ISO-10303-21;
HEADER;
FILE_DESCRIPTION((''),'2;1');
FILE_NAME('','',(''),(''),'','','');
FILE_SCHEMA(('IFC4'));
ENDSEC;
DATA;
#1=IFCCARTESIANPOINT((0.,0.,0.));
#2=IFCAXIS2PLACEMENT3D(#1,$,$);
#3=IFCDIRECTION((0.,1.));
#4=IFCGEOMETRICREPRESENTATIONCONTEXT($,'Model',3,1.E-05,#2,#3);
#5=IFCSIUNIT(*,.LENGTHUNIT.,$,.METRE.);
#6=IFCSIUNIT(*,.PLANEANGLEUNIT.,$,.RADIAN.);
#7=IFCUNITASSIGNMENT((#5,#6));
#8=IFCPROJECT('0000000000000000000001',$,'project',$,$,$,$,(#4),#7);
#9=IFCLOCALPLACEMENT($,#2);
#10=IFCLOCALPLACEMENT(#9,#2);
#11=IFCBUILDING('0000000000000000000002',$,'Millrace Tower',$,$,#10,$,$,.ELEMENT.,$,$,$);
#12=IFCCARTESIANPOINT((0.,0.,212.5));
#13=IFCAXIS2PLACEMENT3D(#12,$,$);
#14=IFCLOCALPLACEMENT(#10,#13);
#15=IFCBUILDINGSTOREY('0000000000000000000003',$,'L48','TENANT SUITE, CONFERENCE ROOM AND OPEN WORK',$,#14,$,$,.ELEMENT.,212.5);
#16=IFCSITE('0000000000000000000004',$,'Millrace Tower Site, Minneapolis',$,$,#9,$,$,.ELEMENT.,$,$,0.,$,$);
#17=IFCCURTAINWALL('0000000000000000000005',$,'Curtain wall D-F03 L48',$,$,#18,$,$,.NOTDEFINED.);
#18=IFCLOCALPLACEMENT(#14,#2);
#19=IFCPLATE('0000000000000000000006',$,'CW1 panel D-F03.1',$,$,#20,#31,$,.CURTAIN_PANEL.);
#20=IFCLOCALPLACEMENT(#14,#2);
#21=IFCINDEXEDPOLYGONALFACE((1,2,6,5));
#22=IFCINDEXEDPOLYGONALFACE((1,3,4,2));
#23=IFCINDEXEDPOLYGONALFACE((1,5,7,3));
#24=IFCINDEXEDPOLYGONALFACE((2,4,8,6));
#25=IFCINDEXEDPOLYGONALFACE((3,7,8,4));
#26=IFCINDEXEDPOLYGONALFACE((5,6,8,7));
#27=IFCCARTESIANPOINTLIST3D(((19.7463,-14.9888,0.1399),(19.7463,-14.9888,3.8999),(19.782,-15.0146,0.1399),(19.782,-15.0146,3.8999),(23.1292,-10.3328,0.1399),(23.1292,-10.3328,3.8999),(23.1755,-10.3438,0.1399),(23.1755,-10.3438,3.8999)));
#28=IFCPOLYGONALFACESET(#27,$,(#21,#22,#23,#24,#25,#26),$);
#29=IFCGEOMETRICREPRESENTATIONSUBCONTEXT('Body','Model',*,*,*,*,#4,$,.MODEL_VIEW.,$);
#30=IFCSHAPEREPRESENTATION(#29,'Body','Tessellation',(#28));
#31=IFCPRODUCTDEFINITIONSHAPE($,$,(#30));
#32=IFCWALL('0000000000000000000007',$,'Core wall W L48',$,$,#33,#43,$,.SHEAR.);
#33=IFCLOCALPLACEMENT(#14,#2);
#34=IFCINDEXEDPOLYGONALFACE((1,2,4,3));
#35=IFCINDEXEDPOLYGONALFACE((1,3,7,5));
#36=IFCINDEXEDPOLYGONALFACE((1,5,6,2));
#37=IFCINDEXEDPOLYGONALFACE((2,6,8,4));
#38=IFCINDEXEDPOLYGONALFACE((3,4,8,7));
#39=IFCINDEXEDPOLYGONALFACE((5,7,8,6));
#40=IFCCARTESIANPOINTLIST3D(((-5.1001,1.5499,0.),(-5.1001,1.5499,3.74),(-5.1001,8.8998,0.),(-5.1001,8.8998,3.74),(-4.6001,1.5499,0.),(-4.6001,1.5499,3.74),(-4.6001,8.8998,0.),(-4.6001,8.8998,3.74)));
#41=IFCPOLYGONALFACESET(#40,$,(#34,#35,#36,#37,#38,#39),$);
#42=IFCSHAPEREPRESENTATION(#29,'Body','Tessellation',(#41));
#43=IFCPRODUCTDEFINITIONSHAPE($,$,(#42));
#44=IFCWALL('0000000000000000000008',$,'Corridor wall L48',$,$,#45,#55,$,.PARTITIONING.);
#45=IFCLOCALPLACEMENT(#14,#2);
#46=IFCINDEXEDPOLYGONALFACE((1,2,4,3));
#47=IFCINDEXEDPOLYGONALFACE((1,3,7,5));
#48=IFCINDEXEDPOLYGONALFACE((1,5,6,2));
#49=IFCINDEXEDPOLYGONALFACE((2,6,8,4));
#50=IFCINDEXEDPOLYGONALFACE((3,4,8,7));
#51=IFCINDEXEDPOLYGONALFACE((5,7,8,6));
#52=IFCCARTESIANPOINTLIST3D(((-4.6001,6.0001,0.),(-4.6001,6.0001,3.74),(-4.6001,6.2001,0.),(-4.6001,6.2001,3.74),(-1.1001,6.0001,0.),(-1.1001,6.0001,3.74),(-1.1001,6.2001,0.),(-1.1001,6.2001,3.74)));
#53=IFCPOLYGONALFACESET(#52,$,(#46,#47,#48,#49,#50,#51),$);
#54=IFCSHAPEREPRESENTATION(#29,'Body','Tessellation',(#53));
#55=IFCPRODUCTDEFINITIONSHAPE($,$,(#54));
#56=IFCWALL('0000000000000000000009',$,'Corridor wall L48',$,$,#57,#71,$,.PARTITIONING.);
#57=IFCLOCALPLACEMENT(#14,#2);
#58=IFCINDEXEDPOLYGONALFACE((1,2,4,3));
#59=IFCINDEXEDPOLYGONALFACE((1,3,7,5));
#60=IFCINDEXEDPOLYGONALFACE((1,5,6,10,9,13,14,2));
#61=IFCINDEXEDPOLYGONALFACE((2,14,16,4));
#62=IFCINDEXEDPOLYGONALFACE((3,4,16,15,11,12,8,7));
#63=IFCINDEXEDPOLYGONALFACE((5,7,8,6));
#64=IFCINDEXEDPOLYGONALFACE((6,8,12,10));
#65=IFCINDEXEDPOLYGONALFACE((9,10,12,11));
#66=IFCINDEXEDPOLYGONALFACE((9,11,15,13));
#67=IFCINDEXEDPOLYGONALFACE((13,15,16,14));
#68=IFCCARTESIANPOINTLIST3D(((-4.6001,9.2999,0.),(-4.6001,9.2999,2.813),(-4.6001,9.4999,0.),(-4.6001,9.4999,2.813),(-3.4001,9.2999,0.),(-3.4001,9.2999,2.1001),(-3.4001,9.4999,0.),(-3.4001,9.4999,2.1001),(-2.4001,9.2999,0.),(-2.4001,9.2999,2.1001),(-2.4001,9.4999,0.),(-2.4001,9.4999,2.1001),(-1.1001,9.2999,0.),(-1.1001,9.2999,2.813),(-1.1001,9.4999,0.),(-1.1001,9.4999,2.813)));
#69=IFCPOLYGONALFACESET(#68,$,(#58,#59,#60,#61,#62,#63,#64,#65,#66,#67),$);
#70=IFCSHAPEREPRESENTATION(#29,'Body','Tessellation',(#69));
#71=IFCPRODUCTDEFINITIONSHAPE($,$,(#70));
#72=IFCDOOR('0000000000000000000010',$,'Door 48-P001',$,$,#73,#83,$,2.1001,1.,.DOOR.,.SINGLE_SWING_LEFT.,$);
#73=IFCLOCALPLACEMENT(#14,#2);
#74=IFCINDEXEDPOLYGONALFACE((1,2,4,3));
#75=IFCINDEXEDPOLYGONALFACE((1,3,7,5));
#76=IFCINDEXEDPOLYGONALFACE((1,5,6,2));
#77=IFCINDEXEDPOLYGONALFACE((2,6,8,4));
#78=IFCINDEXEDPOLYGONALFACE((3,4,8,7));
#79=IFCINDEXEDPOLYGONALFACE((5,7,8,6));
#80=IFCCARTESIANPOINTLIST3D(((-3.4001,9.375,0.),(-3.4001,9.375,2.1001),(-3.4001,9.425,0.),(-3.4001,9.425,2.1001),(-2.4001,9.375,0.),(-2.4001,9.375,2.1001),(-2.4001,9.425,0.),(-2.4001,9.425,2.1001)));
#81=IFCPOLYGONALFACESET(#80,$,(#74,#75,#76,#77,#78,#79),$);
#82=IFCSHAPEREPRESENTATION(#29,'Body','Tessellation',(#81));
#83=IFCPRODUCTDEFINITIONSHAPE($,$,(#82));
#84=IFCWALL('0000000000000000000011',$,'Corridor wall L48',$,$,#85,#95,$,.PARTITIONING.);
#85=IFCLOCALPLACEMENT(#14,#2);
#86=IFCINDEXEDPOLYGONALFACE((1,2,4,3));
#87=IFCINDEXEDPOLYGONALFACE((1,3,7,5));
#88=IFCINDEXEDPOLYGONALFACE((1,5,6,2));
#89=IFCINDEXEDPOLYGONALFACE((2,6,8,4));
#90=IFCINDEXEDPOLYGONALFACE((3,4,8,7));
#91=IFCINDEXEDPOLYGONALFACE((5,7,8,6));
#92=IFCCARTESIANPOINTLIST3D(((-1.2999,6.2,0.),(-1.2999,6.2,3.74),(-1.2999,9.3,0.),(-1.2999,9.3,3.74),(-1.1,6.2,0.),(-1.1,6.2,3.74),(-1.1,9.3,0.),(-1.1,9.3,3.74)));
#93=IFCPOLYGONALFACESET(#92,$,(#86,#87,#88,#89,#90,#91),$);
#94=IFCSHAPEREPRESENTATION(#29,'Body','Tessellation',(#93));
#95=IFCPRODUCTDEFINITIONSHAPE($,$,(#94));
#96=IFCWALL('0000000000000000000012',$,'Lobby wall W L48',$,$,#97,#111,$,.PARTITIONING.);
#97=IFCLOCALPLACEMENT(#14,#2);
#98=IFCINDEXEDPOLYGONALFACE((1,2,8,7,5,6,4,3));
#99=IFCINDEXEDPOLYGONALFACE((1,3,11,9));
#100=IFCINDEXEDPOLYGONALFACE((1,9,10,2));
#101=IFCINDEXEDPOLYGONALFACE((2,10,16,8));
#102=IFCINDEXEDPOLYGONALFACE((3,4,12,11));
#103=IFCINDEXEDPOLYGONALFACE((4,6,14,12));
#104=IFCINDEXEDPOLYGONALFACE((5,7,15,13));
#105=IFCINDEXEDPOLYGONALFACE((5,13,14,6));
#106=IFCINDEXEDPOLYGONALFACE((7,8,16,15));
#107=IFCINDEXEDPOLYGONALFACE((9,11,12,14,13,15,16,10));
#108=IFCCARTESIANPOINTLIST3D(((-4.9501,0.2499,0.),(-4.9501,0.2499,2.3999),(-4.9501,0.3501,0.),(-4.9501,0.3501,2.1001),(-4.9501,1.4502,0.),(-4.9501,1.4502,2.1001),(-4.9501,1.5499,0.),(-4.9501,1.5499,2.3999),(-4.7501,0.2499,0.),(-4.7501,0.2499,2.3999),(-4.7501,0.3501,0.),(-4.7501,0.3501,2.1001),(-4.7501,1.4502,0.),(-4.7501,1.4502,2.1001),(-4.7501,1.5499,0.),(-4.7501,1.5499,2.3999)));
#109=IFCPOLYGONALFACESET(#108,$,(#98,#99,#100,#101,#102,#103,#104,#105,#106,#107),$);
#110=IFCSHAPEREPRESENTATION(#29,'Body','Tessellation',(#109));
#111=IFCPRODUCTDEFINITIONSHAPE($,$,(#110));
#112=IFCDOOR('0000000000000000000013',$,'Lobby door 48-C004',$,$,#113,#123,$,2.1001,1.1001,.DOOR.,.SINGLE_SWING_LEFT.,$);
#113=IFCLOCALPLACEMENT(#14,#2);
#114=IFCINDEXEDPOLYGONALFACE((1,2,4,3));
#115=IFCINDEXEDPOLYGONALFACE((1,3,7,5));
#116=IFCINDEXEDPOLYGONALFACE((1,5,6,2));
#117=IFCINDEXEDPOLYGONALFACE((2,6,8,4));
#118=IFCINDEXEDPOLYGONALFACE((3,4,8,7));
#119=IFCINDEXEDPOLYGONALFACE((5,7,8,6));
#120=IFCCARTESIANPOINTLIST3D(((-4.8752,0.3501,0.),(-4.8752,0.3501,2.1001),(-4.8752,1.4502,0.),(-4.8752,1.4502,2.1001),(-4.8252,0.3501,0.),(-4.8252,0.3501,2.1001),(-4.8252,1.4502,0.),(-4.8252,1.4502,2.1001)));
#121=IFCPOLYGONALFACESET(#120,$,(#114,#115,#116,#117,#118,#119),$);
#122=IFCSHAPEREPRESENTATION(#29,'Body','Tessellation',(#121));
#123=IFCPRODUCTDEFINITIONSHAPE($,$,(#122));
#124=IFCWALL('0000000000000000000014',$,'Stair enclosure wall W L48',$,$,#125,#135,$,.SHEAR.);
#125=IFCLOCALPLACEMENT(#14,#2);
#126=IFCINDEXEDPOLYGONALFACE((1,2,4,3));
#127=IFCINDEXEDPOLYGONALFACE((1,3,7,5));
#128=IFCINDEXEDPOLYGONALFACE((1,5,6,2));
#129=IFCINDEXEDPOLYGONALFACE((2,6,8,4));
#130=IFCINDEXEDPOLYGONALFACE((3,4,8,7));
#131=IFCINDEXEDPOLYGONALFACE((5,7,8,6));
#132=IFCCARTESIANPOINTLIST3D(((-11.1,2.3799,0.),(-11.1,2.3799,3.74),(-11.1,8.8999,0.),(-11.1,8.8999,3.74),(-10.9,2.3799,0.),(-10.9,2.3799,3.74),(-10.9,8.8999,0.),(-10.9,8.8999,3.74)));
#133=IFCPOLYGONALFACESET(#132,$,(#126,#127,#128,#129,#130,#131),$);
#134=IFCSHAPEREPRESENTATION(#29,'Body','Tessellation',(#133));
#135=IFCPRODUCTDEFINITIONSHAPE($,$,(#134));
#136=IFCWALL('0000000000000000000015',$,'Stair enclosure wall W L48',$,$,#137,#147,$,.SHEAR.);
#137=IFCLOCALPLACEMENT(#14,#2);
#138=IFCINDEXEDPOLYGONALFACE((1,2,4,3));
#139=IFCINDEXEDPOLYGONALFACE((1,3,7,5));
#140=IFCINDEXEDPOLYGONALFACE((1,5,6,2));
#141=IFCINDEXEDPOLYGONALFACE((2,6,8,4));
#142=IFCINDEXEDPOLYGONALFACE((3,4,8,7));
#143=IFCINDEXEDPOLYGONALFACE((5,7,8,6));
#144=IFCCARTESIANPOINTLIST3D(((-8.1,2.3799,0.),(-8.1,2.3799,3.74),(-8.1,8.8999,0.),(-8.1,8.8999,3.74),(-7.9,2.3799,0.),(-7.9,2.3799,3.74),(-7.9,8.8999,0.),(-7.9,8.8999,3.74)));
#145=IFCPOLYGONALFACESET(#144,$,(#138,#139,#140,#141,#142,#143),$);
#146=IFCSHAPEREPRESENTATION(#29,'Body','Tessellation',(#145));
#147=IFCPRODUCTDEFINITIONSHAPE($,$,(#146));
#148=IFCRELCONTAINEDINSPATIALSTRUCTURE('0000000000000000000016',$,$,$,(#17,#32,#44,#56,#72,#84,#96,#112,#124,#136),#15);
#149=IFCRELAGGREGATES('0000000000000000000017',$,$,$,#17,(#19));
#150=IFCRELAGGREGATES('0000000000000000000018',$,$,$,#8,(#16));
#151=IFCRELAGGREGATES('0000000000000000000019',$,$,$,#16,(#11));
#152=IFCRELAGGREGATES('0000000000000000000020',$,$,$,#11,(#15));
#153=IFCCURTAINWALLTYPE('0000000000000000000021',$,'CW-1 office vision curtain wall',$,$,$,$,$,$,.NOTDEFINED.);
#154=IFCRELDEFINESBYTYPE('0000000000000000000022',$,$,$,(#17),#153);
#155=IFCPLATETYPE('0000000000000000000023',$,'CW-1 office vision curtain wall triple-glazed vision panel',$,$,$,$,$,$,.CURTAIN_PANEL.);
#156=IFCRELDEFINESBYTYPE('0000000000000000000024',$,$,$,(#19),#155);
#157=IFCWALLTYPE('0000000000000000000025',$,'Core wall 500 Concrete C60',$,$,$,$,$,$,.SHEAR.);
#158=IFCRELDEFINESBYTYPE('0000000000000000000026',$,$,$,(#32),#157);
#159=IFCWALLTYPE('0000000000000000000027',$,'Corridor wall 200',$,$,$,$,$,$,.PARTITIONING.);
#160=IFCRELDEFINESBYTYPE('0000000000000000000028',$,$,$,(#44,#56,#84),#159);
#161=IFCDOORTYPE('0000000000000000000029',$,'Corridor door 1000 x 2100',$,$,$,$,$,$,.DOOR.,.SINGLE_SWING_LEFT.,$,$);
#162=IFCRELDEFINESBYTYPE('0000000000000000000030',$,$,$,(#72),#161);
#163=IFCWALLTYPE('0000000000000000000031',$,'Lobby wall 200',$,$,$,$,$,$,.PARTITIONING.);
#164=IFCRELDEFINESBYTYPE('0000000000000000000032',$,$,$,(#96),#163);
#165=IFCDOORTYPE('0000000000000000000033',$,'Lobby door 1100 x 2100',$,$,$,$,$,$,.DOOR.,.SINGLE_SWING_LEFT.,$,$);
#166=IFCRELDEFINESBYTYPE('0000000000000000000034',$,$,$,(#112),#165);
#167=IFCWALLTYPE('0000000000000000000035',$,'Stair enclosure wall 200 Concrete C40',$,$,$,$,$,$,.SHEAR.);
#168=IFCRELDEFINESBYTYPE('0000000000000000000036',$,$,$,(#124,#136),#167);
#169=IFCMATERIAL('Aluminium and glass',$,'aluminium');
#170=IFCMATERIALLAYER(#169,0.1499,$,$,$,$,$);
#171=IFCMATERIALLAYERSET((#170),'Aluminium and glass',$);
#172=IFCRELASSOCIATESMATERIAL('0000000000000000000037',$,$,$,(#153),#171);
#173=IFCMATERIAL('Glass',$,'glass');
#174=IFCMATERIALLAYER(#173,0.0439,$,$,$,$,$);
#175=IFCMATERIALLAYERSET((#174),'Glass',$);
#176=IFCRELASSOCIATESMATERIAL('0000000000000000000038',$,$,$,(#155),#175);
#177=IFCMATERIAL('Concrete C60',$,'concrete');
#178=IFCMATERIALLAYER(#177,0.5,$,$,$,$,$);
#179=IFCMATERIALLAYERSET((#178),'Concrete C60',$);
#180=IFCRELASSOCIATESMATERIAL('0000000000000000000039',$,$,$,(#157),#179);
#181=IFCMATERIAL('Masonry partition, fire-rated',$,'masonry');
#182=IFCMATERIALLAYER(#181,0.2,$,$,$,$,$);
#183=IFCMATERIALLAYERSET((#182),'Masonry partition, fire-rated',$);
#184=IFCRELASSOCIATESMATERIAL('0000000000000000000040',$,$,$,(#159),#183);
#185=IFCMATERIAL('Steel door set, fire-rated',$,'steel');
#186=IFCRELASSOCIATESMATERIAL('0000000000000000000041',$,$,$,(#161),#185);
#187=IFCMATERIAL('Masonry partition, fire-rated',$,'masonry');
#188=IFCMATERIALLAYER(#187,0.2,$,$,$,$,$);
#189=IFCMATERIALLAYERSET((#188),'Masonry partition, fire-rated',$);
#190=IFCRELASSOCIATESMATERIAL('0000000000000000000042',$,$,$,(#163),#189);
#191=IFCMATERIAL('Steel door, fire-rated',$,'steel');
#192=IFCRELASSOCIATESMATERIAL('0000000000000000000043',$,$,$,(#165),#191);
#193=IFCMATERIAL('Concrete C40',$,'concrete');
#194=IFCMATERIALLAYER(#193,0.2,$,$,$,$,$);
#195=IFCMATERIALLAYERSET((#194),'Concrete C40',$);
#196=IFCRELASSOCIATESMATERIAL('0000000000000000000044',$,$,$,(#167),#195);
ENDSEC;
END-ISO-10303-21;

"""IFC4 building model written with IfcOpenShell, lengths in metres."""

from ifc_helpers import new_model, si_unit, direction, frame, frame_2d, origin, place, context, subcontext, project, spatial, polyline, rectangle, outline, extrude, material, layer, layer_set, type_object, element, fill, aggregate, save


model = new_model("IFC4")

# Units and contexts
model_context = context("Model", 3, precision=1e-05, world=origin(), true_north=direction((0.0, 1.0)))
body_context = subcontext(model_context, "Body", "Model", "MODEL_VIEW")
ifc_project = project(units=[si_unit("LENGTHUNIT", "METRE"), si_unit("PLANEANGLEUNIT", "RADIAN")], contexts=[model_context])

# Site, building, storey
site_placement = place(None, origin())
site = spatial("IfcSite", under=ifc_project, at=site_placement, Name="Millrace Tower Site, Minneapolis", CompositionType="ELEMENT", RefElevation=0.0)
building_placement = place(site_placement, origin())
building = spatial("IfcBuilding", under=site, at=building_placement, Name="Millrace Tower", CompositionType="ELEMENT")
storey_placement = place(building_placement, frame((0.0, 0.0, 212.5)))
storey = spatial("IfcBuildingStorey", under=building, at=storey_placement, Name="L48", Description="TENANT SUITE, CONFERENCE ROOM AND OPEN WORK", CompositionType="ELEMENT", Elevation=212.5)

# Curtain wall, plate
ifc_material_1 = material(Name="Aluminium and glass", Category="aluminium")
ifc_layer_1 = layer(ifc_material_1, 0.1499)
ifc_layer_set_1 = layer_set([ifc_layer_1], Name="Aluminium and glass")
curtain_wall_type = type_object("IfcCurtainWallType", Name="CW-1 office vision curtain wall", PredefinedType="NOTDEFINED", material=ifc_layer_set_1)
placement = place(storey_placement, origin())
curtain_wall = element("IfcCurtainWall", 1, at=placement, inside=storey, type_object=curtain_wall_type, Name="Curtain wall D-F03 L48", PredefinedType="NOTDEFINED")
ifc_material_2 = material(Name="Glass", Category="glass")
ifc_layer_2 = layer(ifc_material_2, 0.0439)
ifc_layer_set_2 = layer_set([ifc_layer_2], Name="Glass")
plate_type = type_object("IfcPlateType", Name="CW-1 office vision curtain wall triple-glazed vision panel", PredefinedType="CURTAIN_PANEL", material=ifc_layer_set_2)
plate_placement = place(storey_placement, frame((0.0, 0.0, 0.1399)))
plate = element("IfcPlate", 2, at=plate_placement, type_object=plate_type, Name="CW1 panel D-F03.1", PredefinedType="CURTAIN_PANEL", context=body_context, shape_type="SweptSolid", body=[
    extrude(outline(polyline([(19.782, -15.0146), (23.1755, -10.3438), (23.1292, -10.3328), (19.7463, -14.9888), (19.782, -15.0146)])), origin(), (0.0, 0.0, 1.0), 3.76),
])
aggregate(curtain_wall, [plate])

# Walls
ifc_material_3 = material(Name="Concrete C60", Category="concrete")
ifc_layer_3 = layer(ifc_material_3, 0.5)
ifc_layer_set_3 = layer_set([ifc_layer_3], Name="Concrete C60")
wall_type_1 = type_object("IfcWallType", Name="Core wall 500 Concrete C60", PredefinedType="SHEAR", material=ifc_layer_set_3)
wall_1_placement = place(storey_placement, frame((-4.8501, 1.55, 0.0), z_axis=(0.0, 0.0, 1.0), x_axis=(0.0, 1.0, 0.0)))
element("IfcWall", 3, at=wall_1_placement, inside=storey, type_object=wall_type_1, Name="Core wall W L48", PredefinedType="SHEAR", context=body_context, shape_type="SweptSolid", body=[
    extrude(rectangle(XDim=7.3499, YDim=0.5, at=frame_2d((3.6748, 0.0))), origin(), (0.0, 0.0, 1.0), 3.74),
])
ifc_material_4 = material(Name="Masonry partition, fire-rated", Category="masonry")
ifc_layer_4 = layer(ifc_material_4, 0.2)
ifc_layer_set_4 = layer_set([ifc_layer_4], Name="Masonry partition, fire-rated")
wall_type_2 = type_object("IfcWallType", Name="Corridor wall 200", PredefinedType="PARTITIONING", material=ifc_layer_set_4)
wall_2_placement = place(storey_placement, frame((-4.6001, 6.1001, 0.0), z_axis=(0.0, 0.0, 1.0), x_axis=(1.0, 0.0, 0.0)))
element("IfcWall", 4, at=wall_2_placement, inside=storey, type_object=wall_type_2, Name="Corridor wall L48", PredefinedType="PARTITIONING", context=body_context, shape_type="SweptSolid", body=[
    extrude(rectangle(XDim=3.5, YDim=0.2, at=frame_2d((1.75, 0.0))), origin(), (0.0, 0.0, 1.0), 3.74),
])

# Wall, opening, door
wall_3_placement = place(storey_placement, frame((-4.6001, 9.3999, 0.0), z_axis=(0.0, 0.0, 1.0), x_axis=(1.0, 0.0, 0.0)))
wall_3 = element("IfcWall", 5, at=wall_3_placement, inside=storey, type_object=wall_type_2, Name="Corridor wall L48", PredefinedType="PARTITIONING", context=body_context, shape_type="SweptSolid", body=[
    extrude(rectangle(XDim=3.5, YDim=0.2, at=frame_2d((1.75, 0.0))), origin(), (0.0, 0.0, 1.0), 2.813),
])
opening_1_placement = place(wall_3_placement, frame((1.2, 0.0, 0.0)))
opening_1 = element("IfcOpeningElement", 6, at=opening_1_placement, cuts=wall_3, PredefinedType="OPENING", context=body_context, shape_type="SweptSolid", body=[
    extrude(rectangle(XDim=1.0, YDim=2.1001, at=frame_2d((0.5, 1.05))), frame((0.0, 0.1099, 0.0), z_axis=(0.0, -1.0, 0.0), x_axis=(1.0, 0.0, 0.0)), (0.0, 0.0, 1.0), 0.22),
])
ifc_material_5 = material(Name="Steel door set, fire-rated", Category="steel")
door_type_1 = type_object("IfcDoorType", Name="Corridor door 1000 x 2100", OperationType="SINGLE_SWING_LEFT", PredefinedType="DOOR", material=ifc_material_5)
door_1_placement = place(opening_1_placement, frame((1.0, 0.0, 0.0), z_axis=(0.0, 0.0, 1.0), x_axis=(-1.0, 0.0, 0.0)))
door_1 = element("IfcDoor", 7, at=door_1_placement, inside=storey, type_object=door_type_1, Name="Door 48-P001", OperationType="SINGLE_SWING_LEFT", OverallHeight=2.1001, OverallWidth=1.0, PredefinedType="DOOR", context=body_context, shape_type="SweptSolid", body=[
    extrude(rectangle(XDim=1.0, YDim=2.1001, at=frame_2d((0.5, 1.05))), frame((0.0, 0.0249, 0.0), z_axis=(0.0, -1.0, 0.0), x_axis=(1.0, 0.0, 0.0)), (0.0, 0.0, 1.0), 0.05),
])
fill(opening_1, door_1)

# Wall
wall_4_placement = place(storey_placement, frame((-1.2, 6.2, 0.0), z_axis=(0.0, 0.0, 1.0), x_axis=(0.0, 1.0, 0.0)))
element("IfcWall", 8, at=wall_4_placement, inside=storey, type_object=wall_type_2, Name="Corridor wall L48", PredefinedType="PARTITIONING", context=body_context, shape_type="SweptSolid", body=[
    extrude(rectangle(XDim=3.1001, YDim=0.2, at=frame_2d((1.55, 0.0))), origin(), (0.0, 0.0, 1.0), 3.74),
])

# Wall, opening, door
ifc_material_6 = material(Name="Masonry partition, fire-rated", Category="masonry")
ifc_layer_5 = layer(ifc_material_6, 0.2)
ifc_layer_set_5 = layer_set([ifc_layer_5], Name="Masonry partition, fire-rated")
wall_type_3 = type_object("IfcWallType", Name="Lobby wall 200", PredefinedType="PARTITIONING", material=ifc_layer_set_5)
wall_5_placement = place(storey_placement, frame((-4.8501, 0.25, 0.0), z_axis=(0.0, 0.0, 1.0), x_axis=(0.0, 1.0, 0.0)))
wall_5 = element("IfcWall", 9, at=wall_5_placement, inside=storey, type_object=wall_type_3, Name="Lobby wall W L48", PredefinedType="PARTITIONING", context=body_context, shape_type="SweptSolid", body=[
    extrude(rectangle(XDim=1.3, YDim=0.2, at=frame_2d((0.6499, 0.0))), origin(), (0.0, 0.0, 1.0), 2.3999),
])
opening_2_placement = place(wall_5_placement, frame((0.1001, 0.0, 0.0)))
opening_2 = element("IfcOpeningElement", 10, at=opening_2_placement, cuts=wall_5, PredefinedType="OPENING", context=body_context, shape_type="SweptSolid", body=[
    extrude(rectangle(XDim=1.1001, YDim=2.1001, at=frame_2d((0.55, 1.05))), frame((0.0, 0.1099, 0.0), z_axis=(0.0, -1.0, 0.0), x_axis=(1.0, 0.0, 0.0)), (0.0, 0.0, 1.0), 0.22),
])
ifc_material_7 = material(Name="Steel door, fire-rated", Category="steel")
door_type_2 = type_object("IfcDoorType", Name="Lobby door 1100 x 2100", OperationType="SINGLE_SWING_LEFT", PredefinedType="DOOR", material=ifc_material_7)
door_2_placement = place(opening_2_placement, frame((1.1001, 0.0, 0.0), z_axis=(0.0, 0.0, 1.0), x_axis=(-1.0, 0.0, 0.0)))
door_2 = element("IfcDoor", 11, at=door_2_placement, inside=storey, type_object=door_type_2, Name="Lobby door 48-C004", OperationType="SINGLE_SWING_LEFT", OverallHeight=2.1001, OverallWidth=1.1001, PredefinedType="DOOR", context=body_context, shape_type="SweptSolid", body=[
    extrude(rectangle(XDim=1.1001, YDim=2.1001, at=frame_2d((0.55, 1.05))), frame((0.0, 0.0249, 0.0), z_axis=(0.0, -1.0, 0.0), x_axis=(1.0, 0.0, 0.0)), (0.0, 0.0, 1.0), 0.05),
])
fill(opening_2, door_2)

# Walls
ifc_material_8 = material(Name="Concrete C40", Category="concrete")
ifc_layer_6 = layer(ifc_material_8, 0.2)
ifc_layer_set_6 = layer_set([ifc_layer_6], Name="Concrete C40")
wall_type_4 = type_object("IfcWallType", Name="Stair enclosure wall 200 Concrete C40", PredefinedType="SHEAR", material=ifc_layer_set_6)
for number, where, z_axis, x_axis, name in (
    (12, (-11.0, 2.3799, 0.0), (0.0, 0.0, 1.0), (0.0, 1.0, 0.0), "Stair enclosure wall W L48"),
    (13, (-8.0, 2.3799, 0.0), (0.0, 0.0, 1.0), (0.0, 1.0, 0.0), "Stair enclosure wall W L48"),
):
    element("IfcWall", number, at=place(storey_placement, frame(where, z_axis=z_axis, x_axis=x_axis)), inside=storey, type_object=wall_type_4, Name=name, PredefinedType="SHEAR", context=body_context, shape_type="SweptSolid", body=[
        extrude(rectangle(XDim=6.52, YDim=0.2, at=frame_2d((3.26, 0.0))), origin(), (0.0, 0.0, 1.0), 3.74),
    ])

save(model, "model.ifc")
